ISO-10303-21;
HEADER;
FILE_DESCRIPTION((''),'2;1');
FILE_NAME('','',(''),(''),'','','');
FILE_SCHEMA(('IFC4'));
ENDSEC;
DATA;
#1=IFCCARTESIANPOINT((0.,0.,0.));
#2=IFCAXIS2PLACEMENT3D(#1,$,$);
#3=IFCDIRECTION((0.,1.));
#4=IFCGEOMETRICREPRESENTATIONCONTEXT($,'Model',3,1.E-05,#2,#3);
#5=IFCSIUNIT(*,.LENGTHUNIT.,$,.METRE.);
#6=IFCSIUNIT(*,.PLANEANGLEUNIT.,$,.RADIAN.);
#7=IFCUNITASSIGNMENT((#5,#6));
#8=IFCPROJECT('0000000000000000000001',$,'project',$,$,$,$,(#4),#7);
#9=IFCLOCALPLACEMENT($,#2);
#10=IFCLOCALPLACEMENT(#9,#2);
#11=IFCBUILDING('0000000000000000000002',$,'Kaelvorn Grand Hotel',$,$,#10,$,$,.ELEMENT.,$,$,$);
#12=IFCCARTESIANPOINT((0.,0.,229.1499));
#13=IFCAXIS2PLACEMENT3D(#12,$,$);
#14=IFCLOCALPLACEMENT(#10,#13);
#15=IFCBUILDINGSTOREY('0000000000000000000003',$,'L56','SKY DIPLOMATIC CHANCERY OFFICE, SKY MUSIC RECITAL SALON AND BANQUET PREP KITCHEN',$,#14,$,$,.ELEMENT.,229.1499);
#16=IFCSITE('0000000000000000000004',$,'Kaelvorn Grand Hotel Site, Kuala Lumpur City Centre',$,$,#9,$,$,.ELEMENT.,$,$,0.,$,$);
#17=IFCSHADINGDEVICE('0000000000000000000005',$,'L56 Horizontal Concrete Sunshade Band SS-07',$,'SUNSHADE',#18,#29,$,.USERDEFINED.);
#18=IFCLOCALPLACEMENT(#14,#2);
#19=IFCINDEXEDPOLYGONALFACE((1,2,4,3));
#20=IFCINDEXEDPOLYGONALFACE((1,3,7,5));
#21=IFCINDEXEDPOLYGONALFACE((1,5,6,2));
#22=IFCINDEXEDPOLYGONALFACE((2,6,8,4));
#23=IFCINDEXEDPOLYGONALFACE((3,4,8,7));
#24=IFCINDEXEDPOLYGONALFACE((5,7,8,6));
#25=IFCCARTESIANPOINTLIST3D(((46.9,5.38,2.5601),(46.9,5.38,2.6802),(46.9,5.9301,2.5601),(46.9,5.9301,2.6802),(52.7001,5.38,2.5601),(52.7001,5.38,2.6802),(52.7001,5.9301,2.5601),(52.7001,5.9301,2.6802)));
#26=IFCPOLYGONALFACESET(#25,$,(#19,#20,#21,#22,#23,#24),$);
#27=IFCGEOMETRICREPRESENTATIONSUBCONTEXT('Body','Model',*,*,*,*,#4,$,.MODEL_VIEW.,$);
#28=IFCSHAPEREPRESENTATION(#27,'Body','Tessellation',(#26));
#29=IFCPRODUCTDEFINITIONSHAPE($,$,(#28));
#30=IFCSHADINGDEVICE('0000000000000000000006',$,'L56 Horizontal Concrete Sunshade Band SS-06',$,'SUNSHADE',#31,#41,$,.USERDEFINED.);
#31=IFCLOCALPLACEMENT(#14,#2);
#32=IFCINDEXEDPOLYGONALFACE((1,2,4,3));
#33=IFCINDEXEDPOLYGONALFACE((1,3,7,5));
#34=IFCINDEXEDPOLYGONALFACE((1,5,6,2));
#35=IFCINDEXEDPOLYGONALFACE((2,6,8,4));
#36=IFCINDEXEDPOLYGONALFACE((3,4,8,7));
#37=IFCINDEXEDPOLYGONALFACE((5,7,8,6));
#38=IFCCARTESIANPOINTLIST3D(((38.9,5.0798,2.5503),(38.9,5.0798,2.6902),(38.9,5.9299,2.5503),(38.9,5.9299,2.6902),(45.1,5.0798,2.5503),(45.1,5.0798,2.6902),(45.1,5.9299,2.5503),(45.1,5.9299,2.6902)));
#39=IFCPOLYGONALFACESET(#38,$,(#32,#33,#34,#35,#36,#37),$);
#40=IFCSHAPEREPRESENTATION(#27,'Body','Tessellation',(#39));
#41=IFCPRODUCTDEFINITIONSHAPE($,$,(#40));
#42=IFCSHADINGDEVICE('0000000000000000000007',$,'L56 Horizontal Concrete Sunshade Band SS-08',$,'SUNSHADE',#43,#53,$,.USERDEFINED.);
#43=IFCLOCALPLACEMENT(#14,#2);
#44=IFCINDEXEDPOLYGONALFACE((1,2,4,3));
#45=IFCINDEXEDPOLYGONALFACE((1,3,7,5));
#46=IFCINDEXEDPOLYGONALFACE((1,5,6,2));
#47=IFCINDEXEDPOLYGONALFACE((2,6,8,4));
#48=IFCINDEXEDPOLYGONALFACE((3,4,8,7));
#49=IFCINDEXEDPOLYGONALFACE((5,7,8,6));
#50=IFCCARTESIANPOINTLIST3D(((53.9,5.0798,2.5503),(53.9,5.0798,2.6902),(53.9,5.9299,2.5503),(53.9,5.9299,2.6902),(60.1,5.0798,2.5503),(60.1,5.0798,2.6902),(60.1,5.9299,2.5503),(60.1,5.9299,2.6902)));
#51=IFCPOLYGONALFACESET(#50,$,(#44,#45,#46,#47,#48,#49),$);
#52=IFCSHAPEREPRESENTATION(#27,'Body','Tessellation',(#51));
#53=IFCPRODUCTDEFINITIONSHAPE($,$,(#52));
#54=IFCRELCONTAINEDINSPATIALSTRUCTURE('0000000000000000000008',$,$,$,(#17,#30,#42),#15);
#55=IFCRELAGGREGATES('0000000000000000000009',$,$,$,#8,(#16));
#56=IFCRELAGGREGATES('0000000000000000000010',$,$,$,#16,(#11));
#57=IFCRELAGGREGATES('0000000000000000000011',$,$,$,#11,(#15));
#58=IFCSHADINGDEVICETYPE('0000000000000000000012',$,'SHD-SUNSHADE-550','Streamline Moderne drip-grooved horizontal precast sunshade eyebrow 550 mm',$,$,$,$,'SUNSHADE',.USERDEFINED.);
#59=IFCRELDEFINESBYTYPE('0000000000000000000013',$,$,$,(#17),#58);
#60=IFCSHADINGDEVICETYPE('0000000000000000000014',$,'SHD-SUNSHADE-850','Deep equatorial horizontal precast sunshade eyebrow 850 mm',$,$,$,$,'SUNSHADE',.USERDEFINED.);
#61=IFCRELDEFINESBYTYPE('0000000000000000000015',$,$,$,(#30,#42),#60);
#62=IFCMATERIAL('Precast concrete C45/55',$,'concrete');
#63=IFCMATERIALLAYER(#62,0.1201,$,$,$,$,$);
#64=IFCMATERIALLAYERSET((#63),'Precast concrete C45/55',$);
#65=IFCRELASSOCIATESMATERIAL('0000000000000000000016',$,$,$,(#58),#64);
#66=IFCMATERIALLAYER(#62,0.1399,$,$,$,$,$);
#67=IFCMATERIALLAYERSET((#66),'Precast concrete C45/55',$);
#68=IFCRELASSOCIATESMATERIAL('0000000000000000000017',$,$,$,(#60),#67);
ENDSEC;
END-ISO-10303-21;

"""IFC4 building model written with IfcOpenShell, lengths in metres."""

from ifc_helpers import new_model, si_unit, direction, frame, origin, origin_2d, place, context, subcontext, project, spatial, rectangle, extrude, material, layer, layer_set, type_object, element, save


model = new_model("IFC4")

# Units and contexts
model_context = context("Model", 3, precision=1e-05, world=origin(), true_north=direction((0.0, 1.0)))
body_context = subcontext(model_context, "Body", "Model", "MODEL_VIEW")
ifc_project = project(units=[si_unit("LENGTHUNIT", "METRE"), si_unit("PLANEANGLEUNIT", "RADIAN")], contexts=[model_context])

# Site, building, storey
site_placement = place(None, origin())
site = spatial("IfcSite", under=ifc_project, at=site_placement, Name="Kaelvorn Grand Hotel Site, Kuala Lumpur City Centre", CompositionType="ELEMENT", RefElevation=0.0)
building_placement = place(site_placement, origin())
building = spatial("IfcBuilding", under=site, at=building_placement, Name="Kaelvorn Grand Hotel", CompositionType="ELEMENT")
storey_placement = place(building_placement, frame((0.0, 0.0, 229.1499)))
storey = spatial("IfcBuildingStorey", under=building, at=storey_placement, Name="L56", Description="SKY DIPLOMATIC CHANCERY OFFICE, SKY MUSIC RECITAL SALON AND BANQUET PREP KITCHEN", CompositionType="ELEMENT", Elevation=229.1499)

# Shading devices
ifc_material_1 = material(Name="Precast concrete C45/55", Category="concrete")
ifc_layer_1 = layer(ifc_material_1, 0.1201)
ifc_layer_set_1 = layer_set([ifc_layer_1], Name="Precast concrete C45/55")
shading_device_type_1 = type_object("IfcShadingDeviceType", Name="SHD-SUNSHADE-550", Description="Streamline Moderne drip-grooved horizontal precast sunshade eyebrow 550 mm", ElementType="SUNSHADE", PredefinedType="USERDEFINED", material=ifc_layer_set_1)
shading_device_placement = place(storey_placement, frame((49.8, 5.655, 2.5601), z_axis=(0.0, 0.0, 1.0), x_axis=(1.0, 0.0, 0.0)))
element("IfcShadingDevice", 1, at=shading_device_placement, inside=storey, type_object=shading_device_type_1, Name="L56 Horizontal Concrete Sunshade Band SS-07", ObjectType="SUNSHADE", PredefinedType="USERDEFINED", context=body_context, shape_type="SweptSolid", body=[
    extrude(rectangle(XDim=5.8, YDim=0.55, at=origin_2d()), origin(), (0.0, 0.0, 1.0), 0.1201),
])
ifc_layer_2 = layer(ifc_material_1, 0.1399)
ifc_layer_set_2 = layer_set([ifc_layer_2], Name="Precast concrete C45/55")
shading_device_type_2 = type_object("IfcShadingDeviceType", Name="SHD-SUNSHADE-850", Description="Deep equatorial horizontal precast sunshade eyebrow 850 mm", ElementType="SUNSHADE", PredefinedType="USERDEFINED", material=ifc_layer_set_2)
for number, where, z_axis, x_axis, name in (
    (2, (42.0, 5.5049, 2.5503), (0.0, 0.0, 1.0), (1.0, 0.0, 0.0), "L56 Horizontal Concrete Sunshade Band SS-06"),
    (3, (57.0, 5.5049, 2.5503), (0.0, 0.0, 1.0), (1.0, 0.0, 0.0), "L56 Horizontal Concrete Sunshade Band SS-08"),
):
    element("IfcShadingDevice", number, at=place(storey_placement, frame(where, z_axis=z_axis, x_axis=x_axis)), inside=storey, type_object=shading_device_type_2, Name=name, ObjectType="SUNSHADE", PredefinedType="USERDEFINED", context=body_context, shape_type="SweptSolid", body=[
        extrude(rectangle(XDim=6.2, YDim=0.8501, at=origin_2d()), origin(), (0.0, 0.0, 1.0), 0.1399),
    ])

save(model, "model.ifc")
